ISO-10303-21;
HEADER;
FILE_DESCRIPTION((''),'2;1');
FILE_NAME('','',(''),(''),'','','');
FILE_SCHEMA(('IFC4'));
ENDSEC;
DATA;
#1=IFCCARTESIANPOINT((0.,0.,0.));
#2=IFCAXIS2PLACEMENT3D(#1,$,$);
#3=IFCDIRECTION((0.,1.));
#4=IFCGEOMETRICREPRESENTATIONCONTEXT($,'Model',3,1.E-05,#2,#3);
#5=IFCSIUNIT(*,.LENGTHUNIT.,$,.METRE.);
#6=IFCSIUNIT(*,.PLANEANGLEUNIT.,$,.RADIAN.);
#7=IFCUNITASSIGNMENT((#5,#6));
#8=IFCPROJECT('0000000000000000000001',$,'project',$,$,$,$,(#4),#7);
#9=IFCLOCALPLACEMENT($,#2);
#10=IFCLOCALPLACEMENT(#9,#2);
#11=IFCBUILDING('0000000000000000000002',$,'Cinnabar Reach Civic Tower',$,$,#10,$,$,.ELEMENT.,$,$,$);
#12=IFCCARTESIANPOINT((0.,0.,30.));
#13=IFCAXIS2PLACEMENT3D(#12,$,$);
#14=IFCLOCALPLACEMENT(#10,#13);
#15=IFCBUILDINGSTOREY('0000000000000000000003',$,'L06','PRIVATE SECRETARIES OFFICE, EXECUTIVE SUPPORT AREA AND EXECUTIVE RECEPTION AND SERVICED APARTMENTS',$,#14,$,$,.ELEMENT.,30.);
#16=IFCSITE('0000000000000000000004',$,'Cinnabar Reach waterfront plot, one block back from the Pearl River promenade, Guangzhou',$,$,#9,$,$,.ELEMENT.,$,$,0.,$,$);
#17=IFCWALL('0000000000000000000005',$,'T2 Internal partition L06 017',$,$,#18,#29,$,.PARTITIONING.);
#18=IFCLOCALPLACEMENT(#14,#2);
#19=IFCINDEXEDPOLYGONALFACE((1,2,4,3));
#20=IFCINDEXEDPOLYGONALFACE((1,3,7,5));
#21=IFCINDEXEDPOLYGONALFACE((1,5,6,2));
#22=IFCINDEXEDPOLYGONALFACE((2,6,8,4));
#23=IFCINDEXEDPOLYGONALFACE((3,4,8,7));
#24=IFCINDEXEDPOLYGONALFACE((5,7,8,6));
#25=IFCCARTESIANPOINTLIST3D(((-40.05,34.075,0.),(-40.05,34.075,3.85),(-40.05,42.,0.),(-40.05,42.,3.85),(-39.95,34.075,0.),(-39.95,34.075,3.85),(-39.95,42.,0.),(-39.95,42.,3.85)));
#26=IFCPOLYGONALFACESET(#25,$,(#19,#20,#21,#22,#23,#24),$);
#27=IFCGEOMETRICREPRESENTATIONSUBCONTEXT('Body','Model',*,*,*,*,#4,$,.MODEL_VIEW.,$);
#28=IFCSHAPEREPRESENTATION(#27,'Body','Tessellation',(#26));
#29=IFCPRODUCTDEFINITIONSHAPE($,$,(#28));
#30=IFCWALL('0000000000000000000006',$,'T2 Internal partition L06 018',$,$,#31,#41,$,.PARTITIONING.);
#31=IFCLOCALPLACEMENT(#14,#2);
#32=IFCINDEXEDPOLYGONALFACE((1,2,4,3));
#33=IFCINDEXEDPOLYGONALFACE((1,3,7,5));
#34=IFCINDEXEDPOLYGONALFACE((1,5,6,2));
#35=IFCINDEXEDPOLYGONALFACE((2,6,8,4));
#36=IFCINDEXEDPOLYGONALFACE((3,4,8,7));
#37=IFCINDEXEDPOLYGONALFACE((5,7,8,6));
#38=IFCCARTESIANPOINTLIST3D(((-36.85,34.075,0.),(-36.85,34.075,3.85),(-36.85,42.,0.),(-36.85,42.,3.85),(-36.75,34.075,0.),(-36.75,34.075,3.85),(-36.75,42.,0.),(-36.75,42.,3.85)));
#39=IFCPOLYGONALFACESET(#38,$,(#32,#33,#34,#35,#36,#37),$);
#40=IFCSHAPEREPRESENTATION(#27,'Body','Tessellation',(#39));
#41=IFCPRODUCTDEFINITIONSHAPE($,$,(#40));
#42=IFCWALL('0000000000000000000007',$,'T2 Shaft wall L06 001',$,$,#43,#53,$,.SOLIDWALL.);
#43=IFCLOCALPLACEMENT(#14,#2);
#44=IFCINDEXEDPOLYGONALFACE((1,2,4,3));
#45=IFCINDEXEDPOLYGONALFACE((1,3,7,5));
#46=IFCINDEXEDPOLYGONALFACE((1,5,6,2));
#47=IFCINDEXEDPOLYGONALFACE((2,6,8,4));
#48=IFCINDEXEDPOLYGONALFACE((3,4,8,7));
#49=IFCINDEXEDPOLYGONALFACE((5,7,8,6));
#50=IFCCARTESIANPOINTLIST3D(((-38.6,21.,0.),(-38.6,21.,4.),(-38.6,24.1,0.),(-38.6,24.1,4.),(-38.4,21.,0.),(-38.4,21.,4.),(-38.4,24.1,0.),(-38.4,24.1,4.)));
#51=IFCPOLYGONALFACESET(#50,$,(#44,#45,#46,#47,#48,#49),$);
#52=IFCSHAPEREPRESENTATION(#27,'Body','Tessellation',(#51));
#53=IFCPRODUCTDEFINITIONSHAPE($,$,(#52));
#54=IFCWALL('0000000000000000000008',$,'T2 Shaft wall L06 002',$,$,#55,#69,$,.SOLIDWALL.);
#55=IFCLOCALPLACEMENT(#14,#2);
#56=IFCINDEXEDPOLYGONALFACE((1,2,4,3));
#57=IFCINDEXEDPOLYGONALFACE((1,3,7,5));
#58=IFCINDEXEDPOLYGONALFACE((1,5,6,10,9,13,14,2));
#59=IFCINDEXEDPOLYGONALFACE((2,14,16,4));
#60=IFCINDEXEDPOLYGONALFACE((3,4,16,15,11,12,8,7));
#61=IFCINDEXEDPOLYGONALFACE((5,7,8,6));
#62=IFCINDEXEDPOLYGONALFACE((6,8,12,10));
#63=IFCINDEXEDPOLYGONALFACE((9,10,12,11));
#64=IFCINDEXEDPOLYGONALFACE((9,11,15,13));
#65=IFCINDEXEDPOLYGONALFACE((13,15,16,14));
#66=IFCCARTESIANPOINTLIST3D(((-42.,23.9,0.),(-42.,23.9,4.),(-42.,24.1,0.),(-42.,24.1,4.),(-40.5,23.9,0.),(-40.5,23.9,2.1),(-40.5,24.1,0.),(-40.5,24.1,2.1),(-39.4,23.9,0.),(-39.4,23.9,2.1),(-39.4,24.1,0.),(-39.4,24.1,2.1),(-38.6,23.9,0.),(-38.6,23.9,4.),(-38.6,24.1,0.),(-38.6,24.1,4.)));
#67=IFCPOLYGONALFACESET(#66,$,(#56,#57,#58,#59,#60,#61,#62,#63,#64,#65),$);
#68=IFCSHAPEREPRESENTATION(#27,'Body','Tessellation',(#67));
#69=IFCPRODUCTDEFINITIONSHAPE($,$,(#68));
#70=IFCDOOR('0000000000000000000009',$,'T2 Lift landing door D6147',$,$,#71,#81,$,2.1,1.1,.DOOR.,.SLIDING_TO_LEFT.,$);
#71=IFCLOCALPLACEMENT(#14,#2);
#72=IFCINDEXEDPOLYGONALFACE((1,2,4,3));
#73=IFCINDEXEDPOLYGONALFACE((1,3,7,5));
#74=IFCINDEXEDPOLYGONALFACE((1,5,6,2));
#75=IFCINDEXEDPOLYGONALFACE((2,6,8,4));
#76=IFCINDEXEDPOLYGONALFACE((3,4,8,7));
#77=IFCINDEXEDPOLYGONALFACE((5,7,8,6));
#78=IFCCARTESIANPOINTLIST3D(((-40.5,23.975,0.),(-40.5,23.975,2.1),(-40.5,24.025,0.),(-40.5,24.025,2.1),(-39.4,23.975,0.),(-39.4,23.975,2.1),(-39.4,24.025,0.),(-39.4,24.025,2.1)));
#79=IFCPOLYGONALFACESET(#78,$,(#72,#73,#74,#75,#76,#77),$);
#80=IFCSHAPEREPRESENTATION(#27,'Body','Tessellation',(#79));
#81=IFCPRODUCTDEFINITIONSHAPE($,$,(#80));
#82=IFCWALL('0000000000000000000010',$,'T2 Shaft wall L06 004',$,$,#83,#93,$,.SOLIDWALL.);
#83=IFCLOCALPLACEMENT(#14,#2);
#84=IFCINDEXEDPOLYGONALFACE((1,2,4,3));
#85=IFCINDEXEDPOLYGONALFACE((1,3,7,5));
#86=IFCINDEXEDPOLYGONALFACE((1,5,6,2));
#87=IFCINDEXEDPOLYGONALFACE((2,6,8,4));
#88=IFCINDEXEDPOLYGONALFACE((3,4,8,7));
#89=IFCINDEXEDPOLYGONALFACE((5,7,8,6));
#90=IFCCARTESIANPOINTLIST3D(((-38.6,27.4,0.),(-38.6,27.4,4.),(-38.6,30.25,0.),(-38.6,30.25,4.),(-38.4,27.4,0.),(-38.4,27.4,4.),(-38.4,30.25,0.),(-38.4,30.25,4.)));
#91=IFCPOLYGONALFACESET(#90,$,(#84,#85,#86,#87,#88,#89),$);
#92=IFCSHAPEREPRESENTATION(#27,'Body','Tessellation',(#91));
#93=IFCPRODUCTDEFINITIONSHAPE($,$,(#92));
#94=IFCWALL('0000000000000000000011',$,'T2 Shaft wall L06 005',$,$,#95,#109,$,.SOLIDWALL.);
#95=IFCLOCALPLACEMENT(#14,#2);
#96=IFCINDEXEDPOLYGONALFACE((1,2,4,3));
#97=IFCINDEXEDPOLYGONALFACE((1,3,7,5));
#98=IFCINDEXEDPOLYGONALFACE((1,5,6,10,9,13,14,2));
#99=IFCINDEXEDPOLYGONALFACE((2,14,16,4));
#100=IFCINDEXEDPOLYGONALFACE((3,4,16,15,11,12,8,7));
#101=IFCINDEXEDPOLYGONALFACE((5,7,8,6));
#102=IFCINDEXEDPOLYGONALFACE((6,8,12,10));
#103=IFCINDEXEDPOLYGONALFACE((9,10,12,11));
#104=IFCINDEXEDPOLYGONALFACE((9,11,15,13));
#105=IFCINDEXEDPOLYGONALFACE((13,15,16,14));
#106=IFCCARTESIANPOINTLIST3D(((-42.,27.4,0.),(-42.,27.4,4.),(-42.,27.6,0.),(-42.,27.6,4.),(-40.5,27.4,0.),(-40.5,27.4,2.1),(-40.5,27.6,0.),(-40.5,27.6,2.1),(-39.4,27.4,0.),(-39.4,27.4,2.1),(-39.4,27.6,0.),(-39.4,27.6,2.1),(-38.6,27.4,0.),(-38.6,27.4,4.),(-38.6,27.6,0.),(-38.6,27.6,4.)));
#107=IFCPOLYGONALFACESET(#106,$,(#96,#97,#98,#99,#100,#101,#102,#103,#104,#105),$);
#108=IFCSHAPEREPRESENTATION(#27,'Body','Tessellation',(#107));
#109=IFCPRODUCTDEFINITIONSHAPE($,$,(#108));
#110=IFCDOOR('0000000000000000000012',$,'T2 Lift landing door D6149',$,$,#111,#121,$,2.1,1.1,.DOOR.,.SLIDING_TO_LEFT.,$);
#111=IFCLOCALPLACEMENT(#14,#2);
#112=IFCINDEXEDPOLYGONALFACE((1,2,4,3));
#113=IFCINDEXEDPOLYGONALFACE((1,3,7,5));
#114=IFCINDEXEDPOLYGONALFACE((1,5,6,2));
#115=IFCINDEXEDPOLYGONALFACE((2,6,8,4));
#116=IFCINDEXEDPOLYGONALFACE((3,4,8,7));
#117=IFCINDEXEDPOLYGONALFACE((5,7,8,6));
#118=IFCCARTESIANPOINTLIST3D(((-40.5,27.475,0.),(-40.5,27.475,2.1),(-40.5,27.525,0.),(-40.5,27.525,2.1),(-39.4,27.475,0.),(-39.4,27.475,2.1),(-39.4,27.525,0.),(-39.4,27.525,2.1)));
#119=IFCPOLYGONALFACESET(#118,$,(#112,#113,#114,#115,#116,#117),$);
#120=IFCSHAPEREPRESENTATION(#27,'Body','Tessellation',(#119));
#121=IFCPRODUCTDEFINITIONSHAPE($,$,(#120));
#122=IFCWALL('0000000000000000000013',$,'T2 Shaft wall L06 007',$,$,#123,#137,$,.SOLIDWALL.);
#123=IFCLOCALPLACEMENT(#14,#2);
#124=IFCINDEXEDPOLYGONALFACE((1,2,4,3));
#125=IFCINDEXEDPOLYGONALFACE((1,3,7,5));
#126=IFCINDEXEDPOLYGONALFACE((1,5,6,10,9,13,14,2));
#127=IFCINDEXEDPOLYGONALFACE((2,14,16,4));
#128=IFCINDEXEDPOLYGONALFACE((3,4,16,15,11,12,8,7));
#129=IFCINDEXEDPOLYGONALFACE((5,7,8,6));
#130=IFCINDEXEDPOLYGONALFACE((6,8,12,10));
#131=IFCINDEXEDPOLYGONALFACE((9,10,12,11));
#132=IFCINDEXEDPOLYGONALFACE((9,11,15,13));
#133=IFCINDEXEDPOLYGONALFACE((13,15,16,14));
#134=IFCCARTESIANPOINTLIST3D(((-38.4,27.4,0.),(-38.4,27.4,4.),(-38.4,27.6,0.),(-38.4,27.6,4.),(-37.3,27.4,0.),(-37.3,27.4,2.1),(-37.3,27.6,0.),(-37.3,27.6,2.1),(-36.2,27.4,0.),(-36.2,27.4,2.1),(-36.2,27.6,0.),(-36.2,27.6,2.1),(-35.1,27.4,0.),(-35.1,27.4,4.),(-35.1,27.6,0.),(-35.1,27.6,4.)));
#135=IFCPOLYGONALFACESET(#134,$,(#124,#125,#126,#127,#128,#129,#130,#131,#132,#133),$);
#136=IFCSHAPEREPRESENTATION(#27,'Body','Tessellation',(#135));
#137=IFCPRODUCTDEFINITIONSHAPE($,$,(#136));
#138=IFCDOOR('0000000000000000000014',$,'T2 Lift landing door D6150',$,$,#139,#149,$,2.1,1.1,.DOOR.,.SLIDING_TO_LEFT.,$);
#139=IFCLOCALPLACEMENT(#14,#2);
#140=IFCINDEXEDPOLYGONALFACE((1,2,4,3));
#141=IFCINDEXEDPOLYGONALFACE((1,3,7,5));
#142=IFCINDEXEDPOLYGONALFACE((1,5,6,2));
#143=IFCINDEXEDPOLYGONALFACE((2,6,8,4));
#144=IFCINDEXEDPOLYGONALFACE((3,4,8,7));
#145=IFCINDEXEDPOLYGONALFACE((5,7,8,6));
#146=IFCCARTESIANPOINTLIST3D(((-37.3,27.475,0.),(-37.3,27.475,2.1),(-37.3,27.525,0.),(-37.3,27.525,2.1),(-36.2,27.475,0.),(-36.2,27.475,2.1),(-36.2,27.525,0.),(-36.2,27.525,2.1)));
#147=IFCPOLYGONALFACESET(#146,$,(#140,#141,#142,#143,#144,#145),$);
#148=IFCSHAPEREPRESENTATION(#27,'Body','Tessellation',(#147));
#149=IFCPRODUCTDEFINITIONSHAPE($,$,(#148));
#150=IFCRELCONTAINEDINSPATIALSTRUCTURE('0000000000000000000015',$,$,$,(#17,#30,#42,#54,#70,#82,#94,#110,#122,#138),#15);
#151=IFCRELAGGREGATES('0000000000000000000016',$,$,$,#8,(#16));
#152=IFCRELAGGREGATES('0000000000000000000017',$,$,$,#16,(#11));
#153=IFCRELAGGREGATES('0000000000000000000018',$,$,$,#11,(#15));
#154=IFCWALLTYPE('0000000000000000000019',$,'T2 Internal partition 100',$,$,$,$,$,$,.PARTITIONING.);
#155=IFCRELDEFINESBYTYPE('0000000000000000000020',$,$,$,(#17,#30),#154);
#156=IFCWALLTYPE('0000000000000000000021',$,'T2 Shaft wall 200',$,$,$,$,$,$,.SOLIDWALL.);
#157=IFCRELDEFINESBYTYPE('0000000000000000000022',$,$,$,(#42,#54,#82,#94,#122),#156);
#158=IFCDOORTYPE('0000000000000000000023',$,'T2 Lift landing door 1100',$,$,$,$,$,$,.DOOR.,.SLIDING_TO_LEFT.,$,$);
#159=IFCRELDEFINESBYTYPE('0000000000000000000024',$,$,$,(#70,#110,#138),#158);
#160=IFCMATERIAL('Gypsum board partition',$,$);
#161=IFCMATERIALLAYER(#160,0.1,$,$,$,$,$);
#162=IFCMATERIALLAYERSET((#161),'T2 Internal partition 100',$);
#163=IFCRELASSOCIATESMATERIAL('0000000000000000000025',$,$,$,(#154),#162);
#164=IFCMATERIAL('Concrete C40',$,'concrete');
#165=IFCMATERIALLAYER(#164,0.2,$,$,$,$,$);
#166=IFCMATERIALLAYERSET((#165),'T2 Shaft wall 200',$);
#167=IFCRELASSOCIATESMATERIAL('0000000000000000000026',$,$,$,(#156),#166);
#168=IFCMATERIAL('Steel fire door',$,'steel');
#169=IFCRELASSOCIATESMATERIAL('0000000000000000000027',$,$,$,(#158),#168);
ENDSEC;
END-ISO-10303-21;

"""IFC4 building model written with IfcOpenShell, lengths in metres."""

from ifc_helpers import new_model, si_unit, direction, frame, frame_2d, origin, place, context, subcontext, project, spatial, rectangle, extrude, material, layer, layer_set, type_object, element, fill, save


model = new_model("IFC4")

# Units and contexts
model_context = context("Model", 3, precision=1e-05, world=origin(), true_north=direction((0.0, 1.0)))
body_context = subcontext(model_context, "Body", "Model", "MODEL_VIEW")
ifc_project = project(units=[si_unit("LENGTHUNIT", "METRE"), si_unit("PLANEANGLEUNIT", "RADIAN")], contexts=[model_context])

# Site, building, storey
site_placement = place(None, origin())
site = spatial("IfcSite", under=ifc_project, at=site_placement, Name="Cinnabar Reach waterfront plot, one block back from the Pearl River promenade, Guangzhou", CompositionType="ELEMENT", RefElevation=0.0)
building_placement = place(site_placement, origin())
building = spatial("IfcBuilding", under=site, at=building_placement, Name="Cinnabar Reach Civic Tower", CompositionType="ELEMENT")
storey_placement = place(building_placement, frame((0.0, 0.0, 30.0)))
storey = spatial("IfcBuildingStorey", under=building, at=storey_placement, Name="L06", Description="PRIVATE SECRETARIES OFFICE, EXECUTIVE SUPPORT AREA AND EXECUTIVE RECEPTION AND SERVICED APARTMENTS", CompositionType="ELEMENT", Elevation=30.0)

# Shared definitions
ifc_material_1 = material(Name="Steel fire door", Category="steel")

# Walls
ifc_material_2 = material(Name="Gypsum board partition")
ifc_layer_1 = layer(ifc_material_2, 0.1)
ifc_layer_set_1 = layer_set([ifc_layer_1], Name="T2 Internal partition 100")
wall_type_1 = type_object("IfcWallType", Name="T2 Internal partition 100", PredefinedType="PARTITIONING", material=ifc_layer_set_1)
for number, where, z_axis, x_axis, name in (
    (1, (-40.0, 34.075, 0.0), (0.0, 0.0, 1.0), (0.0, 1.0, 0.0), "T2 Internal partition L06 017"),
    (2, (-36.8, 34.075, 0.0), (0.0, 0.0, 1.0), (0.0, 1.0, 0.0), "T2 Internal partition L06 018"),
):
    element("IfcWall", number, at=place(storey_placement, frame(where, z_axis=z_axis, x_axis=x_axis)), inside=storey, type_object=wall_type_1, Name=name, PredefinedType="PARTITIONING", context=body_context, shape_type="SweptSolid", body=[
        extrude(rectangle(XDim=7.925, YDim=0.1, at=frame_2d((3.9625, 0.0))), origin(), (0.0, 0.0, 1.0), 3.85),
    ])
ifc_material_3 = material(Name="Concrete C40", Category="concrete")
ifc_layer_2 = layer(ifc_material_3, 0.2)
ifc_layer_set_2 = layer_set([ifc_layer_2], Name="T2 Shaft wall 200")
wall_type_2 = type_object("IfcWallType", Name="T2 Shaft wall 200", PredefinedType="SOLIDWALL", material=ifc_layer_set_2)
wall_1_placement = place(storey_placement, frame((-38.5, 21.0, 0.0), z_axis=(0.0, 0.0, 1.0), x_axis=(0.0, 1.0, 0.0)))
element("IfcWall", 3, at=wall_1_placement, inside=storey, type_object=wall_type_2, Name="T2 Shaft wall L06 001", PredefinedType="SOLIDWALL", context=body_context, shape_type="SweptSolid", body=[
    extrude(rectangle(XDim=3.1, YDim=0.2, at=frame_2d((1.55, 0.0))), origin(), (0.0, 0.0, 1.0), 4.0),
])

# Wall, opening, door
wall_2_placement = place(storey_placement, frame((-38.6, 24.0, 0.0), z_axis=(0.0, 0.0, 1.0), x_axis=(-1.0, 0.0, 0.0)))
wall_2 = element("IfcWall", 4, at=wall_2_placement, inside=storey, type_object=wall_type_2, Name="T2 Shaft wall L06 002", PredefinedType="SOLIDWALL", context=body_context, shape_type="SweptSolid", body=[
    extrude(rectangle(XDim=3.4, YDim=0.2, at=frame_2d((1.7, 0.0))), origin(), (0.0, 0.0, 1.0), 4.0),
])
opening_1_placement = place(wall_2_placement, frame((0.8, 0.0, 0.0)))
opening_1 = element("IfcOpeningElement", 5, at=opening_1_placement, cuts=wall_2, PredefinedType="OPENING", context=body_context, shape_type="SweptSolid", body=[
    extrude(rectangle(XDim=1.1, YDim=2.1, at=frame_2d((0.55, 1.05))), frame((0.0, 0.11, 0.0), z_axis=(0.0, -1.0, 0.0), x_axis=(1.0, 0.0, 0.0)), (0.0, 0.0, 1.0), 0.22),
])
door_type_1 = type_object("IfcDoorType", Name="T2 Lift landing door 1100", OperationType="SLIDING_TO_LEFT", PredefinedType="DOOR", material=ifc_material_1)
door_1_placement = place(opening_1_placement, origin())
door_1 = element("IfcDoor", 6, at=door_1_placement, inside=storey, type_object=door_type_1, Name="T2 Lift landing door D6147", OperationType="SLIDING_TO_LEFT", OverallHeight=2.1, OverallWidth=1.1, PredefinedType="DOOR", context=body_context, shape_type="SweptSolid", body=[
    extrude(rectangle(XDim=1.1, YDim=2.1, at=frame_2d((0.55, 1.05))), frame((0.0, 0.025, 0.0), z_axis=(0.0, -1.0, 0.0), x_axis=(1.0, 0.0, 0.0)), (0.0, 0.0, 1.0), 0.05),
])
fill(opening_1, door_1)

# Wall
wall_3_placement = place(storey_placement, frame((-38.5, 27.4, 0.0), z_axis=(0.0, 0.0, 1.0), x_axis=(0.0, 1.0, 0.0)))
element("IfcWall", 7, at=wall_3_placement, inside=storey, type_object=wall_type_2, Name="T2 Shaft wall L06 004", PredefinedType="SOLIDWALL", context=body_context, shape_type="SweptSolid", body=[
    extrude(rectangle(XDim=2.85, YDim=0.2, at=frame_2d((1.425, 0.0))), origin(), (0.0, 0.0, 1.0), 4.0),
])

# Walls, openings, doors
wall_4_placement = place(storey_placement, frame((-42.0, 27.5, 0.0), z_axis=(0.0, 0.0, 1.0), x_axis=(1.0, 0.0, 0.0)))
wall_4 = element("IfcWall", 8, at=wall_4_placement, inside=storey, type_object=wall_type_2, Name="T2 Shaft wall L06 005", PredefinedType="SOLIDWALL", context=body_context, shape_type="SweptSolid", body=[
    extrude(rectangle(XDim=3.4, YDim=0.2, at=frame_2d((1.7, 0.0))), origin(), (0.0, 0.0, 1.0), 4.0),
])
opening_2_placement = place(wall_4_placement, frame((1.5, 0.0, 0.0)))
opening_2 = element("IfcOpeningElement", 9, at=opening_2_placement, cuts=wall_4, PredefinedType="OPENING", context=body_context, shape_type="SweptSolid", body=[
    extrude(rectangle(XDim=1.1, YDim=2.1, at=frame_2d((0.55, 1.05))), frame((0.0, 0.11, 0.0), z_axis=(0.0, -1.0, 0.0), x_axis=(1.0, 0.0, 0.0)), (0.0, 0.0, 1.0), 0.22),
])
door_2_placement = place(opening_2_placement, origin())
door_2 = element("IfcDoor", 10, at=door_2_placement, inside=storey, type_object=door_type_1, Name="T2 Lift landing door D6149", OperationType="SLIDING_TO_LEFT", OverallHeight=2.1, OverallWidth=1.1, PredefinedType="DOOR", context=body_context, shape_type="SweptSolid", body=[
    extrude(rectangle(XDim=1.1, YDim=2.1, at=frame_2d((0.55, 1.05))), frame((0.0, 0.025, 0.0), z_axis=(0.0, -1.0, 0.0), x_axis=(1.0, 0.0, 0.0)), (0.0, 0.0, 1.0), 0.05),
])
fill(opening_2, door_2)
wall_5_placement = place(storey_placement, frame((-38.4, 27.5, 0.0), z_axis=(0.0, 0.0, 1.0), x_axis=(1.0, 0.0, 0.0)))
wall_5 = element("IfcWall", 11, at=wall_5_placement, inside=storey, type_object=wall_type_2, Name="T2 Shaft wall L06 007", PredefinedType="SOLIDWALL", context=body_context, shape_type="SweptSolid", body=[
    extrude(rectangle(XDim=3.3, YDim=0.2, at=frame_2d((1.65, 0.0))), origin(), (0.0, 0.0, 1.0), 4.0),
])
opening_3_placement = place(wall_5_placement, frame((1.1, 0.0, 0.0)))
opening_3 = element("IfcOpeningElement", 12, at=opening_3_placement, cuts=wall_5, PredefinedType="OPENING", context=body_context, shape_type="SweptSolid", body=[
    extrude(rectangle(XDim=1.1, YDim=2.1, at=frame_2d((0.55, 1.05))), frame((0.0, 0.11, 0.0), z_axis=(0.0, -1.0, 0.0), x_axis=(1.0, 0.0, 0.0)), (0.0, 0.0, 1.0), 0.22),
])
door_3_placement = place(opening_3_placement, origin())
door_3 = element("IfcDoor", 13, at=door_3_placement, inside=storey, type_object=door_type_1, Name="T2 Lift landing door D6150", OperationType="SLIDING_TO_LEFT", OverallHeight=2.1, OverallWidth=1.1, PredefinedType="DOOR", context=body_context, shape_type="SweptSolid", body=[
    extrude(rectangle(XDim=1.1, YDim=2.1, at=frame_2d((0.55, 1.05))), frame((0.0, 0.025, 0.0), z_axis=(0.0, -1.0, 0.0), x_axis=(1.0, 0.0, 0.0)), (0.0, 0.0, 1.0), 0.05),
])
fill(opening_3, door_3)

save(model, "model.ifc")
